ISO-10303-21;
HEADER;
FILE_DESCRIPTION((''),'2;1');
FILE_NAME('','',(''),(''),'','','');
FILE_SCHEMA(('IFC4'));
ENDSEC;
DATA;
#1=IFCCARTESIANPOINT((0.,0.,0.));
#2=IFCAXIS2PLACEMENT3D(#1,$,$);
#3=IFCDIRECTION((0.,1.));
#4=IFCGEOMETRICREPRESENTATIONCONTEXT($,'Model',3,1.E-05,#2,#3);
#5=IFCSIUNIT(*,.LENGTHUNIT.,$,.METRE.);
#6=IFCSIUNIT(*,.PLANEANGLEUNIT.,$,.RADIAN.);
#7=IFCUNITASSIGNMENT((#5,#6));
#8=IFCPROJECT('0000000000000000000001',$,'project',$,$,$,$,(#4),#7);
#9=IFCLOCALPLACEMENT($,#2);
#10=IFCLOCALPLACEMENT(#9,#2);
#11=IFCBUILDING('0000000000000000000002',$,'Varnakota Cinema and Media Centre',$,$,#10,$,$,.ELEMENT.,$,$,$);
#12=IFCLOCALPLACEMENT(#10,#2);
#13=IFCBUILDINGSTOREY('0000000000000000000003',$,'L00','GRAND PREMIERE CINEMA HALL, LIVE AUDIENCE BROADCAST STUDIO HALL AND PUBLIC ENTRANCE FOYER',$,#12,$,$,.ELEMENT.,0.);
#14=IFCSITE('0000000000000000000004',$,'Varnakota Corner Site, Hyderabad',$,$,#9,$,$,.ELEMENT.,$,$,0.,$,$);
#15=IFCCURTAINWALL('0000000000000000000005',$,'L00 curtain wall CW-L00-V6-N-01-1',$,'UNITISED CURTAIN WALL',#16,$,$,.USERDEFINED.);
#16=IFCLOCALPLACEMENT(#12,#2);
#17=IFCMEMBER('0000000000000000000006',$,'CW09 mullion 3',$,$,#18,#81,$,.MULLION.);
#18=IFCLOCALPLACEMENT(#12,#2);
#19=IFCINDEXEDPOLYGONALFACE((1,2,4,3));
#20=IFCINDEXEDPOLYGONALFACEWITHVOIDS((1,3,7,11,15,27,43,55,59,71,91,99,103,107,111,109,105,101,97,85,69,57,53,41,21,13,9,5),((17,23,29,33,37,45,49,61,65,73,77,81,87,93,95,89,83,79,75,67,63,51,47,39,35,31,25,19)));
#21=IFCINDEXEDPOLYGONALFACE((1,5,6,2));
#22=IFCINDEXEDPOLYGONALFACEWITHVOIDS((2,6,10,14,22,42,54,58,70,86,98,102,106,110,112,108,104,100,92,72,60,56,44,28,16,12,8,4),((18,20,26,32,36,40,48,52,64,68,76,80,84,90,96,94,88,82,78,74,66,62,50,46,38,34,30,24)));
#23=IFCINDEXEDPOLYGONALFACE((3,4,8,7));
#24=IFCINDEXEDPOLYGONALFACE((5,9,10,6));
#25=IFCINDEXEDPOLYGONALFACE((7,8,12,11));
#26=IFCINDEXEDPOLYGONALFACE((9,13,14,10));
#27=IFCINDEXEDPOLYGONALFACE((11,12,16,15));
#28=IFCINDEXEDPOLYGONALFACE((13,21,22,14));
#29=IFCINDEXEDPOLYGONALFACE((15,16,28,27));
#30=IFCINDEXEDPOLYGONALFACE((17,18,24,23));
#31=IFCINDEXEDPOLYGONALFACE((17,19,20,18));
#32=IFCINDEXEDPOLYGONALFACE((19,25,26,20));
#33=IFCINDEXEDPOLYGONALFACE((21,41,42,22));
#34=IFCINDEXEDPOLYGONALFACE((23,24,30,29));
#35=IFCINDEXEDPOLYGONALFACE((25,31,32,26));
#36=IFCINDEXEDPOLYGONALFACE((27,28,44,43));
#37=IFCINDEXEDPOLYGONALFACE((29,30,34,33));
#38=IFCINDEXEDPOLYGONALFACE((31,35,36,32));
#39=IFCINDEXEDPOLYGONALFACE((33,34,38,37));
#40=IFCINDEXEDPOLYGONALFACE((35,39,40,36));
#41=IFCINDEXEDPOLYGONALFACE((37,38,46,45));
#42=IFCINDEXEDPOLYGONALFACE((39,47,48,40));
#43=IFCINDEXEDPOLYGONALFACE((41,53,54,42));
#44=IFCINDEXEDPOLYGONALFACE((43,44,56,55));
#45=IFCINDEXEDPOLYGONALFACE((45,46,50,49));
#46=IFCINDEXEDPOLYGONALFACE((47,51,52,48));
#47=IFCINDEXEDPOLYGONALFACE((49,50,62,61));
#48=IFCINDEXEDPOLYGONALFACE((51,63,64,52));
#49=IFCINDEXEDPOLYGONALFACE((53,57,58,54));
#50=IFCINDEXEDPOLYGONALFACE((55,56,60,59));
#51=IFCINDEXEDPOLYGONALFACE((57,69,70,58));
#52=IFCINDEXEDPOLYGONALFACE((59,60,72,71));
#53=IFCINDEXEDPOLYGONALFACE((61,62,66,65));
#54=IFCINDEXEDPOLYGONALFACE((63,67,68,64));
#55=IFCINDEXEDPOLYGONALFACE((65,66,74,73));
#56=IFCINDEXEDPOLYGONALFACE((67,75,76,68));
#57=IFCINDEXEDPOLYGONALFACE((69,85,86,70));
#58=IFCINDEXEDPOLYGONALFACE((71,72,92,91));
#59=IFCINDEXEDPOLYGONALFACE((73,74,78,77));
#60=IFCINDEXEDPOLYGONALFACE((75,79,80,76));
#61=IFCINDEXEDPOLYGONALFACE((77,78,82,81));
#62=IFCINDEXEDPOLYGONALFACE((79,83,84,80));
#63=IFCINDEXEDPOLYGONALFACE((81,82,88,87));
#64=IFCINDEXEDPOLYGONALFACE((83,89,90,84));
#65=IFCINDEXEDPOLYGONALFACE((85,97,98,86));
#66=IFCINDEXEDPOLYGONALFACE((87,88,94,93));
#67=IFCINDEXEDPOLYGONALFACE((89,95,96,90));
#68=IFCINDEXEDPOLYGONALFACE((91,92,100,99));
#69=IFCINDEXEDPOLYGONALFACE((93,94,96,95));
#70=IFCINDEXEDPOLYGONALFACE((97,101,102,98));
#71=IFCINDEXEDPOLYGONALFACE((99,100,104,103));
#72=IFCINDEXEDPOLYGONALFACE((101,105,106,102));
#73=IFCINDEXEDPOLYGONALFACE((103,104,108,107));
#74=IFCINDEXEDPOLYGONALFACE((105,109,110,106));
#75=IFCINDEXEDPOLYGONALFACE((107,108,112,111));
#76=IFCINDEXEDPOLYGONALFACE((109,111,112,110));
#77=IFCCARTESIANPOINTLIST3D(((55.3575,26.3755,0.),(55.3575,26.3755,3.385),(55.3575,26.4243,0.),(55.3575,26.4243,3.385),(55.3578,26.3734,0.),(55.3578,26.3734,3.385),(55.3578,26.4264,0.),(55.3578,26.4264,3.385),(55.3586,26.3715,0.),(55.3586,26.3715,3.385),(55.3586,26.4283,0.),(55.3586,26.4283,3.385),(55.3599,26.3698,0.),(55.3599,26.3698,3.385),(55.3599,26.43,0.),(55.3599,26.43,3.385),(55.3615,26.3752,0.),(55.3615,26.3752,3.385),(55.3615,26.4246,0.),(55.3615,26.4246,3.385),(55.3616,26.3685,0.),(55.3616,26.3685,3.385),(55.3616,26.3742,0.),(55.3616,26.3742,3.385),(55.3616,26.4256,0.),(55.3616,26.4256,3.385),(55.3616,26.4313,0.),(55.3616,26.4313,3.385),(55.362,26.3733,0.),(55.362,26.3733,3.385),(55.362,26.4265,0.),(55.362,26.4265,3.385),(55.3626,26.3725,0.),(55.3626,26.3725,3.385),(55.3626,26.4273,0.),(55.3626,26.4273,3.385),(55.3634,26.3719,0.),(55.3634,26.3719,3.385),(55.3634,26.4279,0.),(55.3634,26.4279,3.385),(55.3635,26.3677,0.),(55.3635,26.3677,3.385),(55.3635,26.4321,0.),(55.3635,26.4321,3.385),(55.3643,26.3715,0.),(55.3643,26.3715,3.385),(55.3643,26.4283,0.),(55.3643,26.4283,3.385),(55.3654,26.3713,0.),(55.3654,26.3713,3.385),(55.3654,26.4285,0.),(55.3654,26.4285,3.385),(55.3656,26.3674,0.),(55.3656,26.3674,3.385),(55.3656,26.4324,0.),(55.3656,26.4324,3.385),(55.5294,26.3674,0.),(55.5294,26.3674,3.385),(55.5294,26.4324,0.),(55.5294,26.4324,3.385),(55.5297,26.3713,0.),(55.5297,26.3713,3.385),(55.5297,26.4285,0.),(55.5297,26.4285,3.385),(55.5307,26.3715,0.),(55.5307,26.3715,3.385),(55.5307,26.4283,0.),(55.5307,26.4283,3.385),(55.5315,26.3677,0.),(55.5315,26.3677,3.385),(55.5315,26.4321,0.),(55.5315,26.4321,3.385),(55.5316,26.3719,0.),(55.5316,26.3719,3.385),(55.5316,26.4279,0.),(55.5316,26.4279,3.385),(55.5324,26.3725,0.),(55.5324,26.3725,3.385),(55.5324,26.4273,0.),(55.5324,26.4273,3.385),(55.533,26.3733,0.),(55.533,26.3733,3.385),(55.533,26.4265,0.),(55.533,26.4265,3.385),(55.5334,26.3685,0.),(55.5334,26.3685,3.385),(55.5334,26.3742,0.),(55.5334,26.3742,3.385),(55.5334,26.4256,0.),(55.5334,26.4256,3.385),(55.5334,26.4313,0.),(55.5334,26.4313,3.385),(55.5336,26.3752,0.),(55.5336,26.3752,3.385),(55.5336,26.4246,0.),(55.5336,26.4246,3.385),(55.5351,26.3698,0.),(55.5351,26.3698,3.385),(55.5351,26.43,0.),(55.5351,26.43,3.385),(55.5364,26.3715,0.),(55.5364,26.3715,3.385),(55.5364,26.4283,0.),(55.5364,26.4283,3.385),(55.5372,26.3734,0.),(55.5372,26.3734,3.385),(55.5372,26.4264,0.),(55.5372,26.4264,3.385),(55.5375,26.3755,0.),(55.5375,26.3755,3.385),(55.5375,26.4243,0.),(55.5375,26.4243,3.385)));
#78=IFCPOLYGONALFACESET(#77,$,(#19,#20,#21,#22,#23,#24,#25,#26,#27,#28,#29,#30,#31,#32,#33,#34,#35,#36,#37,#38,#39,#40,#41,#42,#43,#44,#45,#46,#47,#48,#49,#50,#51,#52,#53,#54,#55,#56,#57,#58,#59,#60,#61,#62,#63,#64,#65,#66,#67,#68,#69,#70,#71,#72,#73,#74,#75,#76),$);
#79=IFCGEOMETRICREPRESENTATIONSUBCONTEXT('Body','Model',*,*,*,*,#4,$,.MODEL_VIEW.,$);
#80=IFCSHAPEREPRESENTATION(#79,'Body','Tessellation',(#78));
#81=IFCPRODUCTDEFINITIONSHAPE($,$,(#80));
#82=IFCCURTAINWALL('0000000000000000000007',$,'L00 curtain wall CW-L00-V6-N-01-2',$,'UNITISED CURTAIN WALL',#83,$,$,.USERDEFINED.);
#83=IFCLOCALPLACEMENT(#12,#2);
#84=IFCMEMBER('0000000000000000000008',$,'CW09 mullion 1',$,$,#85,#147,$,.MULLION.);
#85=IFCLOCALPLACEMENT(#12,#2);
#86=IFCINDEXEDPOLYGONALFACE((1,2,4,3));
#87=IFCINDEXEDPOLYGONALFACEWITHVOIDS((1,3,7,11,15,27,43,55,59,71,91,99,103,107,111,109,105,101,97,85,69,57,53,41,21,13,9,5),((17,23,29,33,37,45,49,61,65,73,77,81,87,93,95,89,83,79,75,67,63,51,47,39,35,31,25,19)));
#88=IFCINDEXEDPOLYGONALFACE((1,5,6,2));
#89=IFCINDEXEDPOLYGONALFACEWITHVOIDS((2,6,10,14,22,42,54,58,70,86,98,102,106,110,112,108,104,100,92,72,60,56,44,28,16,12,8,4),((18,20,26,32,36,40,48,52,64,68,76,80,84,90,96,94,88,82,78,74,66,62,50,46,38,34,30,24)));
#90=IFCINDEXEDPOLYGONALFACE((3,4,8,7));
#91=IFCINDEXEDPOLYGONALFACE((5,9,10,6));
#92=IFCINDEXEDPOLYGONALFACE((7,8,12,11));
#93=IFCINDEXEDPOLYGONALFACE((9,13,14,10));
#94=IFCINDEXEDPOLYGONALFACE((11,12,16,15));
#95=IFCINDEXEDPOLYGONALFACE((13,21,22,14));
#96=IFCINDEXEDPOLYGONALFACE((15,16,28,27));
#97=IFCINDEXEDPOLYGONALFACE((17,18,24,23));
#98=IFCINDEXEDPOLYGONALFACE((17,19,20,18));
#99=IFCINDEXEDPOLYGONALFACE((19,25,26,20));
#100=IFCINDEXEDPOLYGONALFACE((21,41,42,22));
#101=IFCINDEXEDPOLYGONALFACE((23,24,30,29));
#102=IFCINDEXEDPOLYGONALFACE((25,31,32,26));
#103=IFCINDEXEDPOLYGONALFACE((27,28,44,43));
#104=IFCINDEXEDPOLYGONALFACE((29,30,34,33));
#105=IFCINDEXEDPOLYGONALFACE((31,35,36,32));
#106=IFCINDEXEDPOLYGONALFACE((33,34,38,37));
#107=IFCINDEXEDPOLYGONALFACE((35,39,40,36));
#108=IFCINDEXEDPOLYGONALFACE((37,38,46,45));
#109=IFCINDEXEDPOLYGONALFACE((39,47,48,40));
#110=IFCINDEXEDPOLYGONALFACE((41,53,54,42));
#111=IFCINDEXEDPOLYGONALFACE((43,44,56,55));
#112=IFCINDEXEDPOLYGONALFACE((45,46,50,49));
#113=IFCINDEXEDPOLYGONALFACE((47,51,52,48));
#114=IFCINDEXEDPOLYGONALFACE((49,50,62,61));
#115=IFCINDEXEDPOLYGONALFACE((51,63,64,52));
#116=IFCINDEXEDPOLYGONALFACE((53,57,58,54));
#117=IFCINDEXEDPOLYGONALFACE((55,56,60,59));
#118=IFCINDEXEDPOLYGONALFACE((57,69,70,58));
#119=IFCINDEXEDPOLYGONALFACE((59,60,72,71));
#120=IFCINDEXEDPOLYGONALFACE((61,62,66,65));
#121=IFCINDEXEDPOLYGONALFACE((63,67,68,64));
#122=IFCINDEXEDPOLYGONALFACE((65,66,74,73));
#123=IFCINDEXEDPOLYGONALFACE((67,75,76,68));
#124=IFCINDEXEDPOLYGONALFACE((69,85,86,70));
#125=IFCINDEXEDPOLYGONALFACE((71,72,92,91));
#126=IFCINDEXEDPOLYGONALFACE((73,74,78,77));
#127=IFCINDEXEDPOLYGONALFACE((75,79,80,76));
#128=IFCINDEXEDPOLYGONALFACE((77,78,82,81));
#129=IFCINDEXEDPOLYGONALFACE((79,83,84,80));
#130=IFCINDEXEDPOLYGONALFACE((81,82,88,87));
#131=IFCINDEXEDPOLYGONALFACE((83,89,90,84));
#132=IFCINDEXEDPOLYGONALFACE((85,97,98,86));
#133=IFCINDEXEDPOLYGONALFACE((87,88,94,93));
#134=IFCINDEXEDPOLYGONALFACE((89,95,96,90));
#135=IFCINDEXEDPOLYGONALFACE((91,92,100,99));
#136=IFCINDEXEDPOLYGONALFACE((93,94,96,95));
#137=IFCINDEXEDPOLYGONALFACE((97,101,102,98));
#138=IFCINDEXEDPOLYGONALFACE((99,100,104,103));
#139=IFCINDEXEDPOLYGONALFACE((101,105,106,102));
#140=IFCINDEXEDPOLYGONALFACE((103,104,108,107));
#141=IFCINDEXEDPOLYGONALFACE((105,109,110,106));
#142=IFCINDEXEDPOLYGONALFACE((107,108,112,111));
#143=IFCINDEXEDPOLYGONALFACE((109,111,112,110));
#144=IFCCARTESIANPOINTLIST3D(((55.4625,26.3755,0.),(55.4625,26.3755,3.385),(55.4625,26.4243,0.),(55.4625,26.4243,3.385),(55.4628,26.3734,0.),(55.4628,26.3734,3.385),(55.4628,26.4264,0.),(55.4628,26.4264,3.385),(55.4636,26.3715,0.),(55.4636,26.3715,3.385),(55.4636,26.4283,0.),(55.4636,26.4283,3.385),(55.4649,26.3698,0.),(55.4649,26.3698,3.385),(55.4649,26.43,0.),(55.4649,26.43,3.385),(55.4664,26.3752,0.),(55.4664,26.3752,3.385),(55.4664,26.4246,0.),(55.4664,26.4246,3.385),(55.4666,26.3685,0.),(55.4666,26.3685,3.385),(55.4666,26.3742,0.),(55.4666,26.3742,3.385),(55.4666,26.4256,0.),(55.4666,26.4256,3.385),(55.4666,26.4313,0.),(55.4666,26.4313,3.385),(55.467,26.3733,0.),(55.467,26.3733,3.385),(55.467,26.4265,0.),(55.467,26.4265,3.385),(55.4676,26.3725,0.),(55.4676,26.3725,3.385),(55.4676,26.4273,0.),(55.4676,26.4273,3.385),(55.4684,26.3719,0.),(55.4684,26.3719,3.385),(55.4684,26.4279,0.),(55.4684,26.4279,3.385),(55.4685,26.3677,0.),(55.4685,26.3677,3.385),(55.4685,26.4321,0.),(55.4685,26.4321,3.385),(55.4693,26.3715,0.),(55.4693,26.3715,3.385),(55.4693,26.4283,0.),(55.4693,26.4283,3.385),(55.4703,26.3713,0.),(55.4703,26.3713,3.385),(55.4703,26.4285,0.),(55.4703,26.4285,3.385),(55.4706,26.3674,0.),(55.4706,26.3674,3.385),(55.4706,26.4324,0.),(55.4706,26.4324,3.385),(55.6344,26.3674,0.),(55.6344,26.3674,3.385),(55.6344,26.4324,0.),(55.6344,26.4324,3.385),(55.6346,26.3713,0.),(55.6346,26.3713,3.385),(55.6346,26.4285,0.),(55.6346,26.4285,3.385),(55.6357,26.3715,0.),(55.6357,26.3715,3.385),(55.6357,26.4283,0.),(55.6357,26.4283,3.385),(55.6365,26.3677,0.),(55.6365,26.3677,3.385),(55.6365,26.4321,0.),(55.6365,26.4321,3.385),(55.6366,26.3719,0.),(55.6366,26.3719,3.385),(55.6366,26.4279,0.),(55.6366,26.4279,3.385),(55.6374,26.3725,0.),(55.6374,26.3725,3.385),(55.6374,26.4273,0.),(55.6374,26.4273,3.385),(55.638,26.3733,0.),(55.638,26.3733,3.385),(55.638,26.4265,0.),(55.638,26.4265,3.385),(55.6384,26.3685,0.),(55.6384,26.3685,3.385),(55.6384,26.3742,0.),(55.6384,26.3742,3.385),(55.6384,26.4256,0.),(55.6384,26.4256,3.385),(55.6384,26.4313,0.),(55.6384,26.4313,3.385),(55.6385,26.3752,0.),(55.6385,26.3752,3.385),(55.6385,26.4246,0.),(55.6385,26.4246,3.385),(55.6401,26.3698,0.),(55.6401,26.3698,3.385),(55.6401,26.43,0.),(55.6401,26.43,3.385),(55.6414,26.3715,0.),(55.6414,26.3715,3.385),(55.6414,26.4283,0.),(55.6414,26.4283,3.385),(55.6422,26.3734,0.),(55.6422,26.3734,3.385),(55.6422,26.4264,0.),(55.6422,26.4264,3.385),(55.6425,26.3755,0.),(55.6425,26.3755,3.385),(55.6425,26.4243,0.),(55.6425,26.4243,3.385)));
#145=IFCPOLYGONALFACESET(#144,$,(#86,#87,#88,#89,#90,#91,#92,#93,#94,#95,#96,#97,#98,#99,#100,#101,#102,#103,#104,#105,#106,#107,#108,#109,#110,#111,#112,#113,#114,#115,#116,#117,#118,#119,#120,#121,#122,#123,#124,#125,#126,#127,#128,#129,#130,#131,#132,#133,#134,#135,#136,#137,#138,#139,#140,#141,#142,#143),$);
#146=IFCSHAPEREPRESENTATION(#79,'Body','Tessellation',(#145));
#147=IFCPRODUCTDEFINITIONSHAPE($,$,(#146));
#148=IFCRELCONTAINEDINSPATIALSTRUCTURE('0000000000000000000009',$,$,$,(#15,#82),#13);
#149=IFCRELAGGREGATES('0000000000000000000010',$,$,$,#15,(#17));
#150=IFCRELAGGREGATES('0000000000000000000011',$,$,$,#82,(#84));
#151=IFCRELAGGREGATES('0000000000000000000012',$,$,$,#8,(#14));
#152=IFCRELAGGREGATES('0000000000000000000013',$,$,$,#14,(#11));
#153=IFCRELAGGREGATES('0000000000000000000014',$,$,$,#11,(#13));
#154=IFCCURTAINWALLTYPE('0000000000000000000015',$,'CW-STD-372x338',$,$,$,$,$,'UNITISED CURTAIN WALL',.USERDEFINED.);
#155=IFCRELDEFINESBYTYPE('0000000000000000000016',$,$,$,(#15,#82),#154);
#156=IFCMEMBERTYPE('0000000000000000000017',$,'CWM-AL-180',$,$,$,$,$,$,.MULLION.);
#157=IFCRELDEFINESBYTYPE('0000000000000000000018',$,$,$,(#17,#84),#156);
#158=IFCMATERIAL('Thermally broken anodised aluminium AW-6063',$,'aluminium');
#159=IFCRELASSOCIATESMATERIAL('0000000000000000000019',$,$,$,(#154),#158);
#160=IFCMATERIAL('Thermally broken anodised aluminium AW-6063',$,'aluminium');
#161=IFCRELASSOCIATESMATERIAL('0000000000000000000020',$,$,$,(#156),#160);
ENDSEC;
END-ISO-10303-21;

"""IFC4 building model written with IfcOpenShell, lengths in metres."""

from ifc_helpers import new_model, si_unit, direction, frame, origin, origin_2d, place, context, subcontext, project, spatial, hollow_rectangle, extrude, material, material_profile, profile_set, type_object, element, aggregate, save


model = new_model("IFC4")

# Units and contexts
model_context = context("Model", 3, precision=1e-05, world=origin(), true_north=direction((0.0, 1.0)))
body_context = subcontext(model_context, "Body", "Model", "MODEL_VIEW")
ifc_project = project(units=[si_unit("LENGTHUNIT", "METRE"), si_unit("PLANEANGLEUNIT", "RADIAN")], contexts=[model_context])

# Site, building, storey
site_placement = place(None, origin())
site = spatial("IfcSite", under=ifc_project, at=site_placement, Name="Varnakota Corner Site, Hyderabad", CompositionType="ELEMENT", RefElevation=0.0)
building_placement = place(site_placement, origin())
building = spatial("IfcBuilding", under=site, at=building_placement, Name="Varnakota Cinema and Media Centre", CompositionType="ELEMENT")
storey_placement = place(building_placement, origin())
storey = spatial("IfcBuildingStorey", under=building, at=storey_placement, Name="L00", Description="GRAND PREMIERE CINEMA HALL, LIVE AUDIENCE BROADCAST STUDIO HALL AND PUBLIC ENTRANCE FOYER", CompositionType="ELEMENT", Elevation=0.0)

# Curtain walls, members
ifc_material_1 = material(Name="Thermally broken anodised aluminium AW-6063", Category="aluminium")
curtain_wall_type_1 = type_object("IfcCurtainWallType", Name="CW-STD-372x338", ElementType="UNITISED CURTAIN WALL", PredefinedType="USERDEFINED", material=ifc_material_1)
curtain_wall_1_placement = place(storey_placement, origin())
curtain_wall_1 = element("IfcCurtainWall", 1, at=curtain_wall_1_placement, inside=storey, type_object=curtain_wall_type_1, Name="L00 curtain wall CW-L00-V6-N-01-1", ObjectType="UNITISED CURTAIN WALL", PredefinedType="USERDEFINED")
ifc_material_2 = material(Name="Thermally broken anodised aluminium AW-6063", Category="aluminium")
ifc_material_profile_1 = material_profile(ifc_material_2, hollow_rectangle(XDim=0.0649, YDim=0.1799, WallThickness=0.0039, InnerFilletRadius=0.0039, OuterFilletRadius=0.0081, at=origin_2d()), Name="AL-MULLION 180x65x4")
ifc_profile_set_1 = profile_set([ifc_material_profile_1], Name="Thermally broken anodised aluminium AW-6063")
member_type_1 = type_object("IfcMemberType", Name="CWM-AL-180", PredefinedType="MULLION", material=ifc_profile_set_1)
member_1_placement = place(storey_placement, frame((55.4475, 26.3999, 0.0), z_axis=(0.0, 0.0, 1.0), x_axis=(0.0, 1.0, 0.0)))
member_1 = element("IfcMember", 2, at=member_1_placement, type_object=member_type_1, Name="CW09 mullion 3", PredefinedType="MULLION", context=body_context, shape_type="SweptSolid", body=[
    extrude(hollow_rectangle(XDim=0.0649, YDim=0.1799, WallThickness=0.0039, InnerFilletRadius=0.0039, OuterFilletRadius=0.0081, at=origin_2d()), origin(), (0.0, 0.0, 1.0), 3.385),
])
curtain_wall_2_placement = place(storey_placement, origin())
curtain_wall_2 = element("IfcCurtainWall", 3, at=curtain_wall_2_placement, inside=storey, type_object=curtain_wall_type_1, Name="L00 curtain wall CW-L00-V6-N-01-2", ObjectType="UNITISED CURTAIN WALL", PredefinedType="USERDEFINED")
member_2_placement = place(storey_placement, frame((55.5525, 26.3999, 0.0), z_axis=(0.0, 0.0, 1.0), x_axis=(0.0, 1.0, 0.0)))
member_2 = element("IfcMember", 4, at=member_2_placement, type_object=member_type_1, Name="CW09 mullion 1", PredefinedType="MULLION", context=body_context, shape_type="SweptSolid", body=[
    extrude(hollow_rectangle(XDim=0.0649, YDim=0.1799, WallThickness=0.0039, InnerFilletRadius=0.0039, OuterFilletRadius=0.0081, at=origin_2d()), origin(), (0.0, 0.0, 1.0), 3.385),
])

aggregate(curtain_wall_1, [member_1])
aggregate(curtain_wall_2, [member_2])

save(model, "model.ifc")
